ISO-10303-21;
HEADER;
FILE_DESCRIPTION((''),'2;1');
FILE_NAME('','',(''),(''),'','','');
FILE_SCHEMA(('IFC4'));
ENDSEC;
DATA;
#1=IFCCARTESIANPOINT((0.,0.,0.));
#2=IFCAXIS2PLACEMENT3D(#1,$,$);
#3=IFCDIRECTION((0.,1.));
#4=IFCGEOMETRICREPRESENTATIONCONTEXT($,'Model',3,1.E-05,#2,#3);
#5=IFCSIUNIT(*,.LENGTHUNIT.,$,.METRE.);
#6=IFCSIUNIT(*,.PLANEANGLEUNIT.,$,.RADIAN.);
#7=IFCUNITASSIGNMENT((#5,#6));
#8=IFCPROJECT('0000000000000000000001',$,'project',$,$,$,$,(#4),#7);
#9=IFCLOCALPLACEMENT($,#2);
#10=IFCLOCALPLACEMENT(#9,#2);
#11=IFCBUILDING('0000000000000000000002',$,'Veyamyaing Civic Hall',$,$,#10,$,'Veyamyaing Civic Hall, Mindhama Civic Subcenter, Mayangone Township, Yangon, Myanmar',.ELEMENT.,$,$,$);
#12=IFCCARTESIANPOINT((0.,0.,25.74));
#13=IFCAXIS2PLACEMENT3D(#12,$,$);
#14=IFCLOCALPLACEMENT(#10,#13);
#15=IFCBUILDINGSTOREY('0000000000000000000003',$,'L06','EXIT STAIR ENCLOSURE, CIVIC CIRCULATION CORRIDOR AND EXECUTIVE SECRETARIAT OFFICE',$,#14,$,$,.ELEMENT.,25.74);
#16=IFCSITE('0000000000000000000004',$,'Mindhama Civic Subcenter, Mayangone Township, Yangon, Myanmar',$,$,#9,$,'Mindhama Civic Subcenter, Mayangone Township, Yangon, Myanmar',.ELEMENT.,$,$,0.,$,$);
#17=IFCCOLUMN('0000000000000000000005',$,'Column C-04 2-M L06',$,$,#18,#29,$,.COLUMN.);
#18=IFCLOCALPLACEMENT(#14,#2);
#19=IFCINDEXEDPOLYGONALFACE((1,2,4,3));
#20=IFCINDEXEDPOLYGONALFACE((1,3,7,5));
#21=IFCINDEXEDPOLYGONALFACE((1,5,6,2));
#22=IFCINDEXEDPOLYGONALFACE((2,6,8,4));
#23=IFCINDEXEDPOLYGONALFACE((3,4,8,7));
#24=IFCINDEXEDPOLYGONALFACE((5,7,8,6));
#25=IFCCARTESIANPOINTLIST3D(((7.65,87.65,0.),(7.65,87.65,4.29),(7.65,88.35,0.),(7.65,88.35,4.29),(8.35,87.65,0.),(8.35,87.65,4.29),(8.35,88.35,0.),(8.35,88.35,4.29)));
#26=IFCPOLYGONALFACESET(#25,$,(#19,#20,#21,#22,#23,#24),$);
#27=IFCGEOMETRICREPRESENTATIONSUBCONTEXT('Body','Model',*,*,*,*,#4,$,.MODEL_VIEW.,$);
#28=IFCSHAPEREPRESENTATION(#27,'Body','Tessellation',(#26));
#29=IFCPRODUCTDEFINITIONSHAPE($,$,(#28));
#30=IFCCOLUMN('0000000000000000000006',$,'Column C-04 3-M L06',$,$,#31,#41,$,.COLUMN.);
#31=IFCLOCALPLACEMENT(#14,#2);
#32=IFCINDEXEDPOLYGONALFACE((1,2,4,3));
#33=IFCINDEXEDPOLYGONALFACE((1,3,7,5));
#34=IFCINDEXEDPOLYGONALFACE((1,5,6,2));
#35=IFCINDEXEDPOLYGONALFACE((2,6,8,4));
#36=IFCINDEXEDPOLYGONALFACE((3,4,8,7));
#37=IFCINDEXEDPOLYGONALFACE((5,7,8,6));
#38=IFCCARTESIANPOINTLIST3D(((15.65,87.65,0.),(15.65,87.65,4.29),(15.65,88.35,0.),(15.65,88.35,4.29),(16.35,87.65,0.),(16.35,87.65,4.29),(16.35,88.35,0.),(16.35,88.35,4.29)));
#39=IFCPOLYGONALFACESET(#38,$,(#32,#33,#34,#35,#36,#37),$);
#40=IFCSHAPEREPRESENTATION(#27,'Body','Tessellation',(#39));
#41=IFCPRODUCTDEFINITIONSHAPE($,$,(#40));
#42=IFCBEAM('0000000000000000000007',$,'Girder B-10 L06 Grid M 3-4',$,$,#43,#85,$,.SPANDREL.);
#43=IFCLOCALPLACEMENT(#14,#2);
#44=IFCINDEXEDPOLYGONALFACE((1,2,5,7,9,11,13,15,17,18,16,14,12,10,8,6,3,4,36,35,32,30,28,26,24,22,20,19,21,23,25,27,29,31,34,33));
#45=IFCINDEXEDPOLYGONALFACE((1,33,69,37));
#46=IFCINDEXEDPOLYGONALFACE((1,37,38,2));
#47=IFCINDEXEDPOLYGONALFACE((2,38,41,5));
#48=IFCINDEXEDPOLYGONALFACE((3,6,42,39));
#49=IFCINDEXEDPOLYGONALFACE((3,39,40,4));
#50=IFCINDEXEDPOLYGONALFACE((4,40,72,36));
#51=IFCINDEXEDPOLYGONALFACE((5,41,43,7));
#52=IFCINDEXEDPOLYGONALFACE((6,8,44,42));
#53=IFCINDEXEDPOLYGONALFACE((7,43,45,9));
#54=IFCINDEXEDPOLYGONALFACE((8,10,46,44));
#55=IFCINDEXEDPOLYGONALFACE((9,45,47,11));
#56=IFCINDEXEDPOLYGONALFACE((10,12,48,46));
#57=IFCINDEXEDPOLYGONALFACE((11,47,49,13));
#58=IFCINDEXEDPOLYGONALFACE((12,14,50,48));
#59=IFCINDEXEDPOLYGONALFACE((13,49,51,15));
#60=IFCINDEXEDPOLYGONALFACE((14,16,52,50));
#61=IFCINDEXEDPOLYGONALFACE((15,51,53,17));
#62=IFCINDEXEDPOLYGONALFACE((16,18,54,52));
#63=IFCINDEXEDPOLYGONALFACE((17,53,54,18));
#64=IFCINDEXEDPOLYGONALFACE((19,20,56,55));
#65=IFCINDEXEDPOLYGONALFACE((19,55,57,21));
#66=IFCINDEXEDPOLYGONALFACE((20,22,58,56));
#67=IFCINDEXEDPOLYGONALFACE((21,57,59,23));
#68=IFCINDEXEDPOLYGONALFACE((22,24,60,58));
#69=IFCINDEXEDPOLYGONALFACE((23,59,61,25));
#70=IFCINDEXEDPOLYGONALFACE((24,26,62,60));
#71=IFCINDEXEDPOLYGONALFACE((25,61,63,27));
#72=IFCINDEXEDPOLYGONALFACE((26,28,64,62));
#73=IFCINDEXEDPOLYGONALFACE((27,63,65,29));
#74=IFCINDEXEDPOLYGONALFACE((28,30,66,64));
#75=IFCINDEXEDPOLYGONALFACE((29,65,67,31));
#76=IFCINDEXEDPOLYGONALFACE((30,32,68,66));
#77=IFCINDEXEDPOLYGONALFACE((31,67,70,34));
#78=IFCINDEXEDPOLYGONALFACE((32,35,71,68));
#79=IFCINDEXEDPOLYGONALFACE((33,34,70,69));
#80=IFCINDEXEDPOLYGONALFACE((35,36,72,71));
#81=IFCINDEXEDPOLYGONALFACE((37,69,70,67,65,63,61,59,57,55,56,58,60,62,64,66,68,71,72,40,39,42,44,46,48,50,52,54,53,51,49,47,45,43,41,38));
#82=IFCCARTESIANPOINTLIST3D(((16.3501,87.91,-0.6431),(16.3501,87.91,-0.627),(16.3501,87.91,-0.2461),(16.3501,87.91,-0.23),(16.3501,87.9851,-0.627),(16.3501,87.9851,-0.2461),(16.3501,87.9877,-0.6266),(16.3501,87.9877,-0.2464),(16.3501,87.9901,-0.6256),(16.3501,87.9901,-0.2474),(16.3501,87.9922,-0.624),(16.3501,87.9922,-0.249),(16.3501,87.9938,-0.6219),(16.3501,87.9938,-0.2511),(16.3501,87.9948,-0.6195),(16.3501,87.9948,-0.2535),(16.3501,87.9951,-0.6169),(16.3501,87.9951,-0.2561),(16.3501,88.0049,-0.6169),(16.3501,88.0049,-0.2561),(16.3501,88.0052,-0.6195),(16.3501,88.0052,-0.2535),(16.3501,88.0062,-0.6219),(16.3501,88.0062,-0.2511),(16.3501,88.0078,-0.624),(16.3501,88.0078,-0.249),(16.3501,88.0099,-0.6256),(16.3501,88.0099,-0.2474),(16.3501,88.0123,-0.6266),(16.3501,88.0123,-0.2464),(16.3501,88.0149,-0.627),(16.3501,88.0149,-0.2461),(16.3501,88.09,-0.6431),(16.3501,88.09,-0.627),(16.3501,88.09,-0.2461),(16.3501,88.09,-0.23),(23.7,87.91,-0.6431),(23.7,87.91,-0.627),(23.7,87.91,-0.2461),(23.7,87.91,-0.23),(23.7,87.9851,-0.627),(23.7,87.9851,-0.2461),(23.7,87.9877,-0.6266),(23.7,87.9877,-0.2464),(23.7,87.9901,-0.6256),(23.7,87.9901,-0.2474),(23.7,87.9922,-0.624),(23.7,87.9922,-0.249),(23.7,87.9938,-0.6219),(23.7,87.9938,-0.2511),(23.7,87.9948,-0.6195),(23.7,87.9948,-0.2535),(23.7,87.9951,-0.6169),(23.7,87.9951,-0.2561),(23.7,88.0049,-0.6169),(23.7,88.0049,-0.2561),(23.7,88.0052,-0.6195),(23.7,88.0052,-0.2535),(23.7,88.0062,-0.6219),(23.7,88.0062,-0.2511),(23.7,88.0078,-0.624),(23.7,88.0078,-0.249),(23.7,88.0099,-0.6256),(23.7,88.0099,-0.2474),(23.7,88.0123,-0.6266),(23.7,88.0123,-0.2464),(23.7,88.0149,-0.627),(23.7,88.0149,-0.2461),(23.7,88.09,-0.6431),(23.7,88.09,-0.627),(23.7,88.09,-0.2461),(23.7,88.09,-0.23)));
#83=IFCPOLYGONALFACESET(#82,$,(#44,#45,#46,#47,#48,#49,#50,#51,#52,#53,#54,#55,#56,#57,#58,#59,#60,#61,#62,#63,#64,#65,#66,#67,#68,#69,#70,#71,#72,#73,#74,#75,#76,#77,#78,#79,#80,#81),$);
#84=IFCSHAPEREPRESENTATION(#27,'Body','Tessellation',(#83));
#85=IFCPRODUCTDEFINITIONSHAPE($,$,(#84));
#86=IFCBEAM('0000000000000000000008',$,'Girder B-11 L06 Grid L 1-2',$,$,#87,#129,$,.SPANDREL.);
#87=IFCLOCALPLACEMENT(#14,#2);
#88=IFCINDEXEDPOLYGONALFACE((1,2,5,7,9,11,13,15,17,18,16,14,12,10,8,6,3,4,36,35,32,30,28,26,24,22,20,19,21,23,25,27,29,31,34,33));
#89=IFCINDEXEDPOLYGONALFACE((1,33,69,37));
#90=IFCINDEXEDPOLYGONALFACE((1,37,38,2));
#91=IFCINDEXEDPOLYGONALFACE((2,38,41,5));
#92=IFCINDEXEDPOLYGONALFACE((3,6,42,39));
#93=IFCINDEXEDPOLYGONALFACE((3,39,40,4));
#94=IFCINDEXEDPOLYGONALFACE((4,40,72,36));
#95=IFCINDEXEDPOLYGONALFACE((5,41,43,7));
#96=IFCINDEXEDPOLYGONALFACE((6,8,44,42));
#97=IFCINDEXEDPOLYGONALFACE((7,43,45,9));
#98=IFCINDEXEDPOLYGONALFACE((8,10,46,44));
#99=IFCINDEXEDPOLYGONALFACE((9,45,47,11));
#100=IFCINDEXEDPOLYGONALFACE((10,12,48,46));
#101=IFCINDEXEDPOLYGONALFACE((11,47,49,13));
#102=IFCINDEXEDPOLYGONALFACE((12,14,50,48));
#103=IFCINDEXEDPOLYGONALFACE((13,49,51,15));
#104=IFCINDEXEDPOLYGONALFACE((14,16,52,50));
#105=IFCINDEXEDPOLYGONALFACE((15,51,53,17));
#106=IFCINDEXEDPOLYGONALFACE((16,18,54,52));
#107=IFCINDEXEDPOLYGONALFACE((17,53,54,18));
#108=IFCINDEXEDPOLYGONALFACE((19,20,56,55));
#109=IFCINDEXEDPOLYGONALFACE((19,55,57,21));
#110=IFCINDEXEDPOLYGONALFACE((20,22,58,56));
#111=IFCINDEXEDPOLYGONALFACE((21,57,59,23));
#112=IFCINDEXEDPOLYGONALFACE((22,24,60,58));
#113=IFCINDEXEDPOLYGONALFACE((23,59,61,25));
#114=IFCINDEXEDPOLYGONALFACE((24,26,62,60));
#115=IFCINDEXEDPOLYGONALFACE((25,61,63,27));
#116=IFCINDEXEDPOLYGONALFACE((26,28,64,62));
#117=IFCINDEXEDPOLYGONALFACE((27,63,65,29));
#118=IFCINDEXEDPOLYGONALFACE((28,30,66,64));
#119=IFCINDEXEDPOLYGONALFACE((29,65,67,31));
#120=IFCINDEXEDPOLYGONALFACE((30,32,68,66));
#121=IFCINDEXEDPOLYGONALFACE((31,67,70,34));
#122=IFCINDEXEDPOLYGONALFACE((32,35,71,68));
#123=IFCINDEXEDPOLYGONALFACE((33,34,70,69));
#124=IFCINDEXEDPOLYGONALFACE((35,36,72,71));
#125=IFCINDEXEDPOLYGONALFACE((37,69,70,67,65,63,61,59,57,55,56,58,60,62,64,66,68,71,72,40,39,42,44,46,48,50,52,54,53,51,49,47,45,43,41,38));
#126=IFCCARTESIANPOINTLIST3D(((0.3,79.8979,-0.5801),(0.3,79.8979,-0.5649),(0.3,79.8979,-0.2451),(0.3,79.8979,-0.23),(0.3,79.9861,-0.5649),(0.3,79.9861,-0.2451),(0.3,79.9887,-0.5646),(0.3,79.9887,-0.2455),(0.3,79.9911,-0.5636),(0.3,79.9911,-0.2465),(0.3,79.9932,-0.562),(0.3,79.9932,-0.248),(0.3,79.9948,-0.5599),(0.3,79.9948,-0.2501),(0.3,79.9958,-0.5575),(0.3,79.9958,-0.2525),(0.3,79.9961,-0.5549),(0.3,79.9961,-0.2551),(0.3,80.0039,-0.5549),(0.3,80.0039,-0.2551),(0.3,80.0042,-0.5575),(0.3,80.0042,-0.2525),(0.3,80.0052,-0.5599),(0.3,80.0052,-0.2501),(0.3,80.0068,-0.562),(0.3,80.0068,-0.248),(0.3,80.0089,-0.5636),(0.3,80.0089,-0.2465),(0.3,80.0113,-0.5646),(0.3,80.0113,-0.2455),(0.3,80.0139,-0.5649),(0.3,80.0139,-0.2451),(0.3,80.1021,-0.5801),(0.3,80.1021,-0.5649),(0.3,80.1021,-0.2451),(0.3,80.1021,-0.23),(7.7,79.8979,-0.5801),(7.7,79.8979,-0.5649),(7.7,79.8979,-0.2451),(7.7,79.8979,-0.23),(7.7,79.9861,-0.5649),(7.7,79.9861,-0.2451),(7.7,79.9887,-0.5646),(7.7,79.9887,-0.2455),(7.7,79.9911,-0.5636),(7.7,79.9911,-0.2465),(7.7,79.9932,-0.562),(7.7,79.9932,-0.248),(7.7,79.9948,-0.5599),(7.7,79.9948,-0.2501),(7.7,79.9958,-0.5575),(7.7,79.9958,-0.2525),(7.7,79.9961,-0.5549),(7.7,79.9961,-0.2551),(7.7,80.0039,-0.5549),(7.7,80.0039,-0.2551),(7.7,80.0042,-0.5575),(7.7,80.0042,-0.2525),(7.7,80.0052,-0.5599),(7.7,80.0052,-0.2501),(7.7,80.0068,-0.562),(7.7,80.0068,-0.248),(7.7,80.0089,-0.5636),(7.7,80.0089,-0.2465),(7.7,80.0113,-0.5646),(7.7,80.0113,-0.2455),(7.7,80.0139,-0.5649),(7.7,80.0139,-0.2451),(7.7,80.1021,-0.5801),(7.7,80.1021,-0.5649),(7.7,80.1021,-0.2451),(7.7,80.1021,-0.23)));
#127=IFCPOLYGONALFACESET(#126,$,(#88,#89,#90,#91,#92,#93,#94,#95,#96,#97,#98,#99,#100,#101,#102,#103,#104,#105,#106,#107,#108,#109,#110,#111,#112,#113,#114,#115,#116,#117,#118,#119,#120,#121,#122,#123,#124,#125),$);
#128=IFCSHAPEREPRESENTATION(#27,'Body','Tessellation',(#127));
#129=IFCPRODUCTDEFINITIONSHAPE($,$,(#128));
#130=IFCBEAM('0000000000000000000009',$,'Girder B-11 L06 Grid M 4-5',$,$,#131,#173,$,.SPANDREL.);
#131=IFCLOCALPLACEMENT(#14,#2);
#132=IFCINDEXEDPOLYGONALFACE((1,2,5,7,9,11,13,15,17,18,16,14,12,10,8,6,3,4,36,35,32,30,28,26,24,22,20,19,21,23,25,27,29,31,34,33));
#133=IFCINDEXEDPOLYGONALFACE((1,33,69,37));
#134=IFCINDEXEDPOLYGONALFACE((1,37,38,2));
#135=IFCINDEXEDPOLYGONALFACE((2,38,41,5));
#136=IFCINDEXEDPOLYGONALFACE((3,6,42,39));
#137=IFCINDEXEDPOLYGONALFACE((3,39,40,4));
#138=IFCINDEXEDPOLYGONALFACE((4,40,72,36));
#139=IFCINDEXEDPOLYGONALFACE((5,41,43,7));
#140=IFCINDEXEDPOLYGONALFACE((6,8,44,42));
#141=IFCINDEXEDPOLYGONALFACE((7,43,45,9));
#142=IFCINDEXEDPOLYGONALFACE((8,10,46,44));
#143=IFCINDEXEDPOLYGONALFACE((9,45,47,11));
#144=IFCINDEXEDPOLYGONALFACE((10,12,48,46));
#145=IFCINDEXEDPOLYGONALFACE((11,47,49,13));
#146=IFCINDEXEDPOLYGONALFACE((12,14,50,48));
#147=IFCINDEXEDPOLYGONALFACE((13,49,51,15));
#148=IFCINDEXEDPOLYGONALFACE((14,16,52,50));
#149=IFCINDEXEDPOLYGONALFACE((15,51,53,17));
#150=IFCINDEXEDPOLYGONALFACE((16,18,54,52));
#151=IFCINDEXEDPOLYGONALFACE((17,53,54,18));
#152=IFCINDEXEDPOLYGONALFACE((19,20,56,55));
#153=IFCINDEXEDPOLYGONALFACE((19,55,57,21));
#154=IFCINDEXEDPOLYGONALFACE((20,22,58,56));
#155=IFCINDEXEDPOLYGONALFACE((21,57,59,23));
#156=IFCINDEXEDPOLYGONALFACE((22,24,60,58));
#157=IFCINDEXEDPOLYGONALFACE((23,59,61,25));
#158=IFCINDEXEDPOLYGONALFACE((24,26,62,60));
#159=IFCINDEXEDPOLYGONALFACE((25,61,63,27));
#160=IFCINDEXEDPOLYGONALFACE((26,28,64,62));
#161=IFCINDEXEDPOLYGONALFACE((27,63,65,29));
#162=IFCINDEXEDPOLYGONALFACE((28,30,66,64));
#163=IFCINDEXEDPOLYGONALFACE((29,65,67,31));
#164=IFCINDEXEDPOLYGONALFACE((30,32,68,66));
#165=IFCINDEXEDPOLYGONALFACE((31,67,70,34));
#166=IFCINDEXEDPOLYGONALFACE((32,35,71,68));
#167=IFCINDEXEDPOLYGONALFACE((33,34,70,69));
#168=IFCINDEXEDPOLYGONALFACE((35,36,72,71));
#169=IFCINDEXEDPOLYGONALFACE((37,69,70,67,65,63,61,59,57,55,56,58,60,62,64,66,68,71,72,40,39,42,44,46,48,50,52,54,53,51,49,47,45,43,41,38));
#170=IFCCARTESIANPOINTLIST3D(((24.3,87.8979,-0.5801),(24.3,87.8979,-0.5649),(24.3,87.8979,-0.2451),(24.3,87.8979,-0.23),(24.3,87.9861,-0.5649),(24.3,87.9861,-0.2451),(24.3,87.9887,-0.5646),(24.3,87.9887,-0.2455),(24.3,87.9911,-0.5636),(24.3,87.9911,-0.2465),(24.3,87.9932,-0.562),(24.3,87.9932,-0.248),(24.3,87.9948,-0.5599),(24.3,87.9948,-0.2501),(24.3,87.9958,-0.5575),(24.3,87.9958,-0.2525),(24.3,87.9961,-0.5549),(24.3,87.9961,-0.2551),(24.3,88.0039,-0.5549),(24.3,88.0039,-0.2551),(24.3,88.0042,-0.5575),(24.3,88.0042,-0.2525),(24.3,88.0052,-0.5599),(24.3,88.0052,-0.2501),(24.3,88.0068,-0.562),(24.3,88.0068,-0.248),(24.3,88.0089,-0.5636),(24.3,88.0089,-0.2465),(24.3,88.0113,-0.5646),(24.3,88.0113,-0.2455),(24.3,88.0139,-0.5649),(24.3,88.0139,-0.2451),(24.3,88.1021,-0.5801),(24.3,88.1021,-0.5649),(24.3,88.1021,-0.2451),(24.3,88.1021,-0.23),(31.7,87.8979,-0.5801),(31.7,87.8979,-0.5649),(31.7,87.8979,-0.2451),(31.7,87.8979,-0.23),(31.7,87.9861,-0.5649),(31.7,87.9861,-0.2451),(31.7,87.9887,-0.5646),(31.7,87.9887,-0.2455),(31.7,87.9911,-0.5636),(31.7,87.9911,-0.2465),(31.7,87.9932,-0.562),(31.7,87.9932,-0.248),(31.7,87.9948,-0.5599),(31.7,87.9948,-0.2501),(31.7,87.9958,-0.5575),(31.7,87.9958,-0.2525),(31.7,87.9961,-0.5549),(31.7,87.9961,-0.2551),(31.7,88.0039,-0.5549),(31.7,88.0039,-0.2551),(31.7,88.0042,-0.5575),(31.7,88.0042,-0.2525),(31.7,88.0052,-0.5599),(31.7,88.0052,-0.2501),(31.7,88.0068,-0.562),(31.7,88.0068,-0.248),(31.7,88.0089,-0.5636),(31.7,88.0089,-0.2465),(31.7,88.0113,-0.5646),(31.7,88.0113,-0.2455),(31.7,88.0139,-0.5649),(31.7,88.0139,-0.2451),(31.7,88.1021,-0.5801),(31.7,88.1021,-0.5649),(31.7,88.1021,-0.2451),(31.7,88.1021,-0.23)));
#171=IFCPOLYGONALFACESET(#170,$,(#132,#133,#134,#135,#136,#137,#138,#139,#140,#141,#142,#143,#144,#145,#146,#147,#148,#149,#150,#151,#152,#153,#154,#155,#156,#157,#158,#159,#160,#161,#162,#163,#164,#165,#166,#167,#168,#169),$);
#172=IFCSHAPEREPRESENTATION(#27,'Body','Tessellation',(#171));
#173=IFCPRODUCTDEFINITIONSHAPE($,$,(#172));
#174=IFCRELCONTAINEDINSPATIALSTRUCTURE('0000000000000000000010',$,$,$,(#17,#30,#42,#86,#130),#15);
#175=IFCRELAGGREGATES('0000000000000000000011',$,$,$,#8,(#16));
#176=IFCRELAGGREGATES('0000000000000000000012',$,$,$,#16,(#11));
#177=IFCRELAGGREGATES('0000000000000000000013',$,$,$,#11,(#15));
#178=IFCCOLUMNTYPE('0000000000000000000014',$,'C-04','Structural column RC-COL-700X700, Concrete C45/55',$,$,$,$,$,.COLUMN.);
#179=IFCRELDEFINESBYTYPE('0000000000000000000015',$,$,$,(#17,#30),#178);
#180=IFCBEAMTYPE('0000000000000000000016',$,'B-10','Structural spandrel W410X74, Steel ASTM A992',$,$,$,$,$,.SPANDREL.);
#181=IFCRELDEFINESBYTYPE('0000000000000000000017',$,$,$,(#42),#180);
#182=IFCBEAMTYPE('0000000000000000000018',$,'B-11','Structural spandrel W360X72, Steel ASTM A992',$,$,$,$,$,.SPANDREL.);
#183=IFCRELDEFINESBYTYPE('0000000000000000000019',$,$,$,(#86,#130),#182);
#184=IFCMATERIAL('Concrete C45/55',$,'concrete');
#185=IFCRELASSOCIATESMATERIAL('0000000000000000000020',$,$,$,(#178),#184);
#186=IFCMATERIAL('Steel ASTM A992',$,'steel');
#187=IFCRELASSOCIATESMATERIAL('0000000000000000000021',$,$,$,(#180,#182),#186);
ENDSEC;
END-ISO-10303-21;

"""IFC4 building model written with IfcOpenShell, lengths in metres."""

from ifc_helpers import new_model, si_unit, direction, frame, origin, origin_2d, place, context, subcontext, project, spatial, rectangle, i_section, extrude, material, material_profile, profile_set, type_object, element, save


model = new_model("IFC4")

# Units and contexts
model_context = context("Model", 3, precision=1e-05, world=origin(), true_north=direction((0.0, 1.0)))
body_context = subcontext(model_context, "Body", "Model", "MODEL_VIEW")
ifc_project = project(units=[si_unit("LENGTHUNIT", "METRE"), si_unit("PLANEANGLEUNIT", "RADIAN")], contexts=[model_context])

# Site, building, storey
site_placement = place(None, origin())
site = spatial("IfcSite", under=ifc_project, at=site_placement, Name="Mindhama Civic Subcenter, Mayangone Township, Yangon, Myanmar", LongName="Mindhama Civic Subcenter, Mayangone Township, Yangon, Myanmar", CompositionType="ELEMENT", RefElevation=0.0)
building_placement = place(site_placement, origin())
building = spatial("IfcBuilding", under=site, at=building_placement, Name="Veyamyaing Civic Hall", LongName="Veyamyaing Civic Hall, Mindhama Civic Subcenter, Mayangone Township, Yangon, Myanmar", CompositionType="ELEMENT")
storey_placement = place(building_placement, frame((0.0, 0.0, 25.74)))
storey = spatial("IfcBuildingStorey", under=building, at=storey_placement, Name="L06", Description="EXIT STAIR ENCLOSURE, CIVIC CIRCULATION CORRIDOR AND EXECUTIVE SECRETARIAT OFFICE", CompositionType="ELEMENT", Elevation=25.74)

# Columns
ifc_material_1 = material(Name="Concrete C45/55", Category="concrete")
ifc_material_profile_1 = material_profile(ifc_material_1, rectangle(XDim=0.7, YDim=0.7, at=origin_2d()), Name="RC-COL-700X700")
ifc_profile_set_1 = profile_set([ifc_material_profile_1], Name="Concrete C45/55")
column_type = type_object("IfcColumnType", Name="C-04", Description="Structural column RC-COL-700X700, Concrete C45/55", PredefinedType="COLUMN", material=ifc_profile_set_1)
for number, where, z_axis, x_axis, name in (
    (1, (8.0, 88.0, 0.0), (0.0, 0.0, 1.0), (1.0, 0.0, 0.0), "Column C-04 2-M L06"),
    (2, (16.0, 88.0, 0.0), (0.0, 0.0, 1.0), (1.0, 0.0, 0.0), "Column C-04 3-M L06"),
):
    element("IfcColumn", number, at=place(storey_placement, frame(where, z_axis=z_axis, x_axis=x_axis)), inside=storey, type_object=column_type, Name=name, PredefinedType="COLUMN", context=body_context, shape_type="SweptSolid", body=[
        extrude(rectangle(XDim=0.7, YDim=0.7, at=origin_2d()), origin(), (0.0, 0.0, 1.0), 4.29),
    ])

# Beams
ifc_material_2 = material(Name="Steel ASTM A992", Category="steel")
ifc_material_profile_2 = material_profile(ifc_material_2, i_section(OverallWidth=0.1799, OverallDepth=0.4131, WebThickness=0.0098, FlangeThickness=0.0161, FilletRadius=0.01, at=origin_2d()), Name="W410X74")
ifc_profile_set_2 = profile_set([ifc_material_profile_2], Name="Steel ASTM A992")
beam_type_1 = type_object("IfcBeamType", Name="B-10", Description="Structural spandrel W410X74, Steel ASTM A992", PredefinedType="SPANDREL", material=ifc_profile_set_2)
beam_1_placement = place(storey_placement, frame((16.3501, 88.0, -0.4365), z_axis=(1.0, 0.0, 0.0), x_axis=(0.0, 1.0, 0.0)))
element("IfcBeam", 3, at=beam_1_placement, inside=storey, type_object=beam_type_1, Name="Girder B-10 L06 Grid M 3-4", PredefinedType="SPANDREL", context=body_context, shape_type="SweptSolid", body=[
    extrude(i_section(OverallWidth=0.1799, OverallDepth=0.4131, WebThickness=0.0098, FlangeThickness=0.0161, FilletRadius=0.01, at=origin_2d()), origin(), (0.0, 0.0, 1.0), 7.3499),
])
ifc_material_profile_3 = material_profile(ifc_material_2, i_section(OverallWidth=0.2041, OverallDepth=0.3501, WebThickness=0.0078, FlangeThickness=0.0151, FilletRadius=0.01, at=origin_2d()), Name="W360X72")
ifc_profile_set_3 = profile_set([ifc_material_profile_3], Name="Steel ASTM A992")
beam_type_2 = type_object("IfcBeamType", Name="B-11", Description="Structural spandrel W360X72, Steel ASTM A992", PredefinedType="SPANDREL", material=ifc_profile_set_3)
for number, where, z_axis, x_axis, name in (
    (4, (0.3, 80.0, -0.405), (1.0, 0.0, 0.0), (0.0, 1.0, 0.0), "Girder B-11 L06 Grid L 1-2"),
    (5, (24.3, 88.0, -0.405), (1.0, 0.0, 0.0), (0.0, 1.0, 0.0), "Girder B-11 L06 Grid M 4-5"),
):
    element("IfcBeam", number, at=place(storey_placement, frame(where, z_axis=z_axis, x_axis=x_axis)), inside=storey, type_object=beam_type_2, Name=name, PredefinedType="SPANDREL", context=body_context, shape_type="SweptSolid", body=[
        extrude(i_section(OverallWidth=0.2041, OverallDepth=0.3501, WebThickness=0.0078, FlangeThickness=0.0151, FilletRadius=0.01, at=origin_2d()), origin(), (0.0, 0.0, 1.0), 7.3999),
    ])

save(model, "model.ifc")
